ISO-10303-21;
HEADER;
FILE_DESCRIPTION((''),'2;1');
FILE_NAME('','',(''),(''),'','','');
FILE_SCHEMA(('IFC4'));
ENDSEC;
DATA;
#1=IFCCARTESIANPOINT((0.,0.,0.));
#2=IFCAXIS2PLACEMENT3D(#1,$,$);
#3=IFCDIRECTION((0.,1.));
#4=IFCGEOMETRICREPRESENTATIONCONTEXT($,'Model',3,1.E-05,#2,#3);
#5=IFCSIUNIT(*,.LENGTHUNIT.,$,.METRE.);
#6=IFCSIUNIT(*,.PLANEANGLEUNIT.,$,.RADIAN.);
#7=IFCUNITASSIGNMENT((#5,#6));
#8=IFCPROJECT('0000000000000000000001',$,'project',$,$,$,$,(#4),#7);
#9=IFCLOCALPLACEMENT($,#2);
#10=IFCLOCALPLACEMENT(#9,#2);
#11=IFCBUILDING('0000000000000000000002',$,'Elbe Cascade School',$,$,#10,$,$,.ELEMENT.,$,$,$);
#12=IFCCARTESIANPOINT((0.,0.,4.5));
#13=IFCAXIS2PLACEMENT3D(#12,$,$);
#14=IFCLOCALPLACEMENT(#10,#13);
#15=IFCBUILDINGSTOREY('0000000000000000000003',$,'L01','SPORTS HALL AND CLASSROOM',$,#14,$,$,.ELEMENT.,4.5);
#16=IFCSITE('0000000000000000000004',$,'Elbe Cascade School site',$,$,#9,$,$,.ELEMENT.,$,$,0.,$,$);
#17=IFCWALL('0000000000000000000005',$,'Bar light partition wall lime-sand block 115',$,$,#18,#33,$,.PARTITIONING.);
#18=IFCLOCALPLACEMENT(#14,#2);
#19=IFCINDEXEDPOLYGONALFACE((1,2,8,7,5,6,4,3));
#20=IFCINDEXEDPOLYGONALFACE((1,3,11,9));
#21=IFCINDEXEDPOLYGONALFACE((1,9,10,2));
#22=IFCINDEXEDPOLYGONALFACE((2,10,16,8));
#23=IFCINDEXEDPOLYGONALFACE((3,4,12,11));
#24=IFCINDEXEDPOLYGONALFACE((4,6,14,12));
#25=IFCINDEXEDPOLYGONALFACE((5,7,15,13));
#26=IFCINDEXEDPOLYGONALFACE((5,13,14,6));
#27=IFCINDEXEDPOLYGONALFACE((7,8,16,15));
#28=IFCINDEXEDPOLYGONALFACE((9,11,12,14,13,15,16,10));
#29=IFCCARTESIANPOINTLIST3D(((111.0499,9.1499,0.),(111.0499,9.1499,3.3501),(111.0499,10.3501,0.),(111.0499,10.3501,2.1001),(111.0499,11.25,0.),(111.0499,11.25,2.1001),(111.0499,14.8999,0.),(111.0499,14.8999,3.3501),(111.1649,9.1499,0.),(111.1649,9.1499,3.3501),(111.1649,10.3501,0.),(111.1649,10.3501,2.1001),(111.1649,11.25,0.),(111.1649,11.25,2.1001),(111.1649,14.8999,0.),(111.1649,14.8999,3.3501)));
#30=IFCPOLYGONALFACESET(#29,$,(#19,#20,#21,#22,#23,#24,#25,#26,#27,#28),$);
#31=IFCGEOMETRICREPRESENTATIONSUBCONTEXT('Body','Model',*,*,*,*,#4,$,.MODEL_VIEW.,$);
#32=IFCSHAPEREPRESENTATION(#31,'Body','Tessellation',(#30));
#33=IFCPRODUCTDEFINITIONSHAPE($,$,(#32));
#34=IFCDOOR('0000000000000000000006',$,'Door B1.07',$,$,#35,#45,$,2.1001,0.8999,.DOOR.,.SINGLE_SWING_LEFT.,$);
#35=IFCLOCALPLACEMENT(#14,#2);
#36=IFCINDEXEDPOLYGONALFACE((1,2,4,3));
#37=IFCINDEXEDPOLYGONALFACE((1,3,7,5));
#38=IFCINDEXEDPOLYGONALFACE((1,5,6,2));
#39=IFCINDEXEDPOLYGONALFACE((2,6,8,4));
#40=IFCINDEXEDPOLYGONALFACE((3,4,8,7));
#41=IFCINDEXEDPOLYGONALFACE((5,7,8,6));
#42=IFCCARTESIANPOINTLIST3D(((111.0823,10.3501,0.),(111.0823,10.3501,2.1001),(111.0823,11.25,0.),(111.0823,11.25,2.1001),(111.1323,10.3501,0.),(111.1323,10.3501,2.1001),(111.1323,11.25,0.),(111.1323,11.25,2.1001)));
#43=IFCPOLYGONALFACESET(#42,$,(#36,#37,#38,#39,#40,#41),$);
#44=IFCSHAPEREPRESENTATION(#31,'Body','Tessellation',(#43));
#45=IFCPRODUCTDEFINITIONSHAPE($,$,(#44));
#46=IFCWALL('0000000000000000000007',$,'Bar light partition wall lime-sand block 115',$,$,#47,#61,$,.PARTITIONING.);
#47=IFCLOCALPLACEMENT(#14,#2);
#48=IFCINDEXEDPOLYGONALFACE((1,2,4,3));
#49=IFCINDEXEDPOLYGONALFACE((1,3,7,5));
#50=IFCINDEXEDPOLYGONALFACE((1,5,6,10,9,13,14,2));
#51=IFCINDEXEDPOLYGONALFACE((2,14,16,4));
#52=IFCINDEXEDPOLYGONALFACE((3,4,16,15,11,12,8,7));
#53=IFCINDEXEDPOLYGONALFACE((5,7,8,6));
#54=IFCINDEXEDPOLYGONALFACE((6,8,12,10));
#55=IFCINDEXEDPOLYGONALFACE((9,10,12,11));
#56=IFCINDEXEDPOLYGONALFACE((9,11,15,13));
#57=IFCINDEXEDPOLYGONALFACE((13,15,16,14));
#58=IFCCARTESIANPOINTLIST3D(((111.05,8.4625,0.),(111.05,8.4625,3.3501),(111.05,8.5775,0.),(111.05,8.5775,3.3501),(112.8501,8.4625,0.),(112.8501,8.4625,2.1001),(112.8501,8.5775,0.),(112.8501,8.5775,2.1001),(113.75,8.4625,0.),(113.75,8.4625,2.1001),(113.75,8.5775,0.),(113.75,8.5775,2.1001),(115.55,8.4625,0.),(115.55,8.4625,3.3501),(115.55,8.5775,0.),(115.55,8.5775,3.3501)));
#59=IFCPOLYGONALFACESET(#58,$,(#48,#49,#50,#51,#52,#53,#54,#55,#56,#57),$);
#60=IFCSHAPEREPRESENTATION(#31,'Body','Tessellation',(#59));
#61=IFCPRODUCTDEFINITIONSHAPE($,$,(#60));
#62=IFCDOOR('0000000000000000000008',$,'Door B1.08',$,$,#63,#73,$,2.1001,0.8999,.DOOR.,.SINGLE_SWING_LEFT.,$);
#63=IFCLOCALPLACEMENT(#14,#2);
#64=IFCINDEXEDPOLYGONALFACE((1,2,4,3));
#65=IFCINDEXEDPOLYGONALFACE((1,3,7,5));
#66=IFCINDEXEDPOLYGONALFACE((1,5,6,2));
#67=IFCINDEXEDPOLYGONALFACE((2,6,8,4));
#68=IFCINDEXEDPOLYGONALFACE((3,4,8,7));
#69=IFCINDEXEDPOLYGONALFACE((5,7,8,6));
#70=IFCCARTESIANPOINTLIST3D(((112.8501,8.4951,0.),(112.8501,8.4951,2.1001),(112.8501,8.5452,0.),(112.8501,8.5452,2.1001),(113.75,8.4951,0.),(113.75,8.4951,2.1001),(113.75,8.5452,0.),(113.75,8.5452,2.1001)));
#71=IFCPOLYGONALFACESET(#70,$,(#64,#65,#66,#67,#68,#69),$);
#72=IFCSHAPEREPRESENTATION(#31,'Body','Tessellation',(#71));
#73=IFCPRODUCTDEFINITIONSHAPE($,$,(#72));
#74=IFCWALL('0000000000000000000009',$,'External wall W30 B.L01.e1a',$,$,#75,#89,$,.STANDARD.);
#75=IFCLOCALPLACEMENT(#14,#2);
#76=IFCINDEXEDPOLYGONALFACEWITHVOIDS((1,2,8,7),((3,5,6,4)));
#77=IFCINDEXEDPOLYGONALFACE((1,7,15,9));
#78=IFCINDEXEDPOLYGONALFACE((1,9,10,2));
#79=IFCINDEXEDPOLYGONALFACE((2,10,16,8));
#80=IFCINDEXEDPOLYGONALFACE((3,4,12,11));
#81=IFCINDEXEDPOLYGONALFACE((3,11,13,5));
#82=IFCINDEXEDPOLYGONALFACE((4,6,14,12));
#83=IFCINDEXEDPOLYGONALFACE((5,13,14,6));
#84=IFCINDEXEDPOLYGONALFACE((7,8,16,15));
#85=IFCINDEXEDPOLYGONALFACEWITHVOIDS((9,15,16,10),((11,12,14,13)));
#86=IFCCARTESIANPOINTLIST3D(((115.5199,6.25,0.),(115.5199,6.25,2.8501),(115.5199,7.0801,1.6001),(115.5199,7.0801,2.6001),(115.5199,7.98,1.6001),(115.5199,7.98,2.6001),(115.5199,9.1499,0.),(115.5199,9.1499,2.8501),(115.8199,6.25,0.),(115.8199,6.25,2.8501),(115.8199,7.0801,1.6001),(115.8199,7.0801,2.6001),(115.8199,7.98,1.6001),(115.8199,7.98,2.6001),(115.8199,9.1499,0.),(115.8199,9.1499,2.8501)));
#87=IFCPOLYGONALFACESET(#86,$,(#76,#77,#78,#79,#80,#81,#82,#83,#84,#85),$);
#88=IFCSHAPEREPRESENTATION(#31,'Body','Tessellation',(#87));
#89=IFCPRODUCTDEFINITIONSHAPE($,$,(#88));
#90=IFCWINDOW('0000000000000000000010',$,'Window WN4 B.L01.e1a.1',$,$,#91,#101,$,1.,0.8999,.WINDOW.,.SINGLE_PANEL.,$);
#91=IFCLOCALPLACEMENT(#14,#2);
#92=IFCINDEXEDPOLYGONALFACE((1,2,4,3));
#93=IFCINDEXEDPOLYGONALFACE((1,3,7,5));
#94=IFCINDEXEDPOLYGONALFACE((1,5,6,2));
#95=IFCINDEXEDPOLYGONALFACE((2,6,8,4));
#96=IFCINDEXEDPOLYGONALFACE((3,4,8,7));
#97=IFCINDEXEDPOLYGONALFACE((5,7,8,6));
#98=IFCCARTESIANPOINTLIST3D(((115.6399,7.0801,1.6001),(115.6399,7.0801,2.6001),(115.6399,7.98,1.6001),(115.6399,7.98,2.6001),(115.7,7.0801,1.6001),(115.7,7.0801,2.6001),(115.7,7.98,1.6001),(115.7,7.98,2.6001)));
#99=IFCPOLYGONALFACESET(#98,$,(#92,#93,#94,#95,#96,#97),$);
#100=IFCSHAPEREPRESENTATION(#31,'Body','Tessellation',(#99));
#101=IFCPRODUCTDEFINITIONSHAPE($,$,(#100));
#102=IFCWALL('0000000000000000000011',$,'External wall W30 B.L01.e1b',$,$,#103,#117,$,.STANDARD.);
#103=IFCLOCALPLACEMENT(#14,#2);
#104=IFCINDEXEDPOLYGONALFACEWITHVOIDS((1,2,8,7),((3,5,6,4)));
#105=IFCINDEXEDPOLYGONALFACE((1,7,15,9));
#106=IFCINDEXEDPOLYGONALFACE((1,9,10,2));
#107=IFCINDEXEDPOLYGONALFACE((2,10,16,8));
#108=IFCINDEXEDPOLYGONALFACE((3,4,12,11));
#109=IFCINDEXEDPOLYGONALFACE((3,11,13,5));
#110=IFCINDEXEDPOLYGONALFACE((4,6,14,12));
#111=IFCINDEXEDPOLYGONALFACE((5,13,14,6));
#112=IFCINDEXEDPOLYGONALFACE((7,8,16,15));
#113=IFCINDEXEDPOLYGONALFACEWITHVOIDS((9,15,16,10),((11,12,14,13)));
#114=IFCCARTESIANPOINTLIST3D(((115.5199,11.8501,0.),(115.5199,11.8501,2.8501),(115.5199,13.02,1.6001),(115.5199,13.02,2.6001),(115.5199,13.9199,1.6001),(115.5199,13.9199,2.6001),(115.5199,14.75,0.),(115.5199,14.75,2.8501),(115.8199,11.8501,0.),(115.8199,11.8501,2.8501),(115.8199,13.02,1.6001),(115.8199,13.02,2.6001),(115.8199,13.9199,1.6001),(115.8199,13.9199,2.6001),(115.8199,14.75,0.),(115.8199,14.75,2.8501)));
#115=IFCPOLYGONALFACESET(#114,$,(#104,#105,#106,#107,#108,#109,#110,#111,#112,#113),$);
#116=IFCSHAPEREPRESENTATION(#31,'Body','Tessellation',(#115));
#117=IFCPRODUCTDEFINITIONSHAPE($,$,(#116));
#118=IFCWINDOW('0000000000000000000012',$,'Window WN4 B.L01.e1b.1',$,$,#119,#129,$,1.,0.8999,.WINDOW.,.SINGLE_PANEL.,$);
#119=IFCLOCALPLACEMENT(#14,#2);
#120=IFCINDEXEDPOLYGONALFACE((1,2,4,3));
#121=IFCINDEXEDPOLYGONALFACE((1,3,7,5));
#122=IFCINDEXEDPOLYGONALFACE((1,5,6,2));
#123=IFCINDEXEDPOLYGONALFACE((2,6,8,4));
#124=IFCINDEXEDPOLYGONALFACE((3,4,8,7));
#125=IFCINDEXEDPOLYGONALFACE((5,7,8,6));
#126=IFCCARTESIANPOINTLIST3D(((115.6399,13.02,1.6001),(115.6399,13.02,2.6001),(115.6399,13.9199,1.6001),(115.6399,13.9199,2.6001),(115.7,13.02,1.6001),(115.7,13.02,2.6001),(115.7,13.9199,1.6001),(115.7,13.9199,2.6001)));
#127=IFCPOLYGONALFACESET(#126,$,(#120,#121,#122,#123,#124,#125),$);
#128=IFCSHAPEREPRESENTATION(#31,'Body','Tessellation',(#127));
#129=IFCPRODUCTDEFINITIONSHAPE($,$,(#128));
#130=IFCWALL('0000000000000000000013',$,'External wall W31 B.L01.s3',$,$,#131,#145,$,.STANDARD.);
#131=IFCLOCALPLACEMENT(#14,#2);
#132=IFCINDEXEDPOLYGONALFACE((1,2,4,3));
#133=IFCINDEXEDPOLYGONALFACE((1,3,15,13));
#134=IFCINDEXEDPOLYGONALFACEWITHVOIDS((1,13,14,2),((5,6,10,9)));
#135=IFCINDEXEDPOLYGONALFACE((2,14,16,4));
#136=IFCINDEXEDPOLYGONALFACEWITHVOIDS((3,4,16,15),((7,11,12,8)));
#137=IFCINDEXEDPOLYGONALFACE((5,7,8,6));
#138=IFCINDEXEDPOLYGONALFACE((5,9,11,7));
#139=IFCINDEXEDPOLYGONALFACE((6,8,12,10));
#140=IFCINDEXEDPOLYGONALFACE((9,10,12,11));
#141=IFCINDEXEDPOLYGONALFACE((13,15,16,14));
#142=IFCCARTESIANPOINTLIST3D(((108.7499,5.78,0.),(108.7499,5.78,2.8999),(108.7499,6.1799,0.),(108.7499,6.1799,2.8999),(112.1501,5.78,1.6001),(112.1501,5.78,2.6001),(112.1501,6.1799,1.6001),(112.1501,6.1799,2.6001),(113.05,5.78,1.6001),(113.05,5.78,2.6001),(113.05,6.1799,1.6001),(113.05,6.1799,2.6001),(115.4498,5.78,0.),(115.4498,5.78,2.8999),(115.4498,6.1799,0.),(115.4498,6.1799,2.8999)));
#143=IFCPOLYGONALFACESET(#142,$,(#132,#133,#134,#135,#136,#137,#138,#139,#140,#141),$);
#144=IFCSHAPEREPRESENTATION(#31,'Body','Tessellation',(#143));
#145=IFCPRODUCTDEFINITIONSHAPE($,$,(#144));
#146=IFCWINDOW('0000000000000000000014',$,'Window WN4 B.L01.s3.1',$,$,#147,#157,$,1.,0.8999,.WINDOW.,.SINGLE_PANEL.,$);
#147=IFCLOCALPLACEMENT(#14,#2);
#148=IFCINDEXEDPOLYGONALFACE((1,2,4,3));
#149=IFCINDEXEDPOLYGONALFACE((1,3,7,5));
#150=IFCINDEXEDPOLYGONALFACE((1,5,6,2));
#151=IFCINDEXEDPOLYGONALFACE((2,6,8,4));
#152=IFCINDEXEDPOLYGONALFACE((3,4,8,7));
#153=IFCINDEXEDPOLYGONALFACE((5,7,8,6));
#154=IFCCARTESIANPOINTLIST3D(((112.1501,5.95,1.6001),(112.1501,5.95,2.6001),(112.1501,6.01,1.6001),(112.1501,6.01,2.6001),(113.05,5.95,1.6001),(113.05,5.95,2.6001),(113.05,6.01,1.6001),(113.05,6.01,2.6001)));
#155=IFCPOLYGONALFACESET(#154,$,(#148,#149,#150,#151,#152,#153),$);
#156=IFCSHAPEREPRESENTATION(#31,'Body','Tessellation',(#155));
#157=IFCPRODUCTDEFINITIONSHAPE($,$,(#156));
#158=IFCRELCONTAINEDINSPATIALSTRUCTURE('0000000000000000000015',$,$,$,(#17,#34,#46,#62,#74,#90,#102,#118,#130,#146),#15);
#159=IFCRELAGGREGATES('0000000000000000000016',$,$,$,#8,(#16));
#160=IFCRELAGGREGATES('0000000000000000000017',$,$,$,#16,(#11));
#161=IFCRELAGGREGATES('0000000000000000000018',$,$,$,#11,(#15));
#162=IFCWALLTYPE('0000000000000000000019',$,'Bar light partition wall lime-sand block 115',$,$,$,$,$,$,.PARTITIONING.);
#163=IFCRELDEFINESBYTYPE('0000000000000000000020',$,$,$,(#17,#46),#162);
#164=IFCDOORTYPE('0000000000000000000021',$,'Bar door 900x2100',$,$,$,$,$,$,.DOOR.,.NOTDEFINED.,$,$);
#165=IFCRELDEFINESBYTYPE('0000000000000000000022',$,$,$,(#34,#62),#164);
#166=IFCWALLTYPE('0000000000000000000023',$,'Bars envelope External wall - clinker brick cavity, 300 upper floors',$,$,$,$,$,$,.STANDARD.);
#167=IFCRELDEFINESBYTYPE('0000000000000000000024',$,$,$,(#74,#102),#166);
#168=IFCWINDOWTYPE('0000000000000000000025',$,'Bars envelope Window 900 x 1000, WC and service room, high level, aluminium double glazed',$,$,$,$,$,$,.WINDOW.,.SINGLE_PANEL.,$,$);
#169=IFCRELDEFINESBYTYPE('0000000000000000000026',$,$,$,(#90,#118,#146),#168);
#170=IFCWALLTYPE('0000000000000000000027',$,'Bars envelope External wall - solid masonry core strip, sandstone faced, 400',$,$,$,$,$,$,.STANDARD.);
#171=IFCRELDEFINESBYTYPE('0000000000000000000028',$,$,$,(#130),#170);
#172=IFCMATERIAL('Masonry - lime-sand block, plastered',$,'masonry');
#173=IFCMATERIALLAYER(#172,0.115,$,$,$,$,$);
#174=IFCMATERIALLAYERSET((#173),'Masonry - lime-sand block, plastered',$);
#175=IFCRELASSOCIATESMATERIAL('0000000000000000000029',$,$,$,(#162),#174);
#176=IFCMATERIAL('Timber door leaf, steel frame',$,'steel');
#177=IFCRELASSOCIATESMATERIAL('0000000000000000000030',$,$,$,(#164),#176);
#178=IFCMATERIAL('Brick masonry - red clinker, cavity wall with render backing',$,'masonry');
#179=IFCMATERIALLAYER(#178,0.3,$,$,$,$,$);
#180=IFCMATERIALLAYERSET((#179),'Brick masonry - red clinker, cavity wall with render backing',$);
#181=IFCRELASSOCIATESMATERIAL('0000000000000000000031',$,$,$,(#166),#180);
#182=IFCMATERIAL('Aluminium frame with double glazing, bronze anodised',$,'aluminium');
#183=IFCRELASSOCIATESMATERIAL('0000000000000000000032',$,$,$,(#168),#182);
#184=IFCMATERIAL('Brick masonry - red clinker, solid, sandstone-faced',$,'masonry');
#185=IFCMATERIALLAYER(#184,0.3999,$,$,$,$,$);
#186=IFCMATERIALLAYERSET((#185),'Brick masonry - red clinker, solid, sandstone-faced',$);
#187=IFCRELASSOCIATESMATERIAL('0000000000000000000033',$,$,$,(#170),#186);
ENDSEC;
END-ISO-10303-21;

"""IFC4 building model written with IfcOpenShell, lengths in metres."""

from ifc_helpers import new_model, si_unit, direction, frame, frame_2d, origin, place, context, subcontext, project, spatial, rectangle, extrude, material, layer, layer_set, type_object, element, fill, save


model = new_model("IFC4")

# Units and contexts
model_context = context("Model", 3, precision=1e-05, world=origin(), true_north=direction((0.0, 1.0)))
body_context = subcontext(model_context, "Body", "Model", "MODEL_VIEW")
ifc_project = project(units=[si_unit("LENGTHUNIT", "METRE"), si_unit("PLANEANGLEUNIT", "RADIAN")], contexts=[model_context])

# Site, building, storey
site_placement = place(None, origin())
site = spatial("IfcSite", under=ifc_project, at=site_placement, Name="Elbe Cascade School site", CompositionType="ELEMENT", RefElevation=0.0)
building_placement = place(site_placement, origin())
building = spatial("IfcBuilding", under=site, at=building_placement, Name="Elbe Cascade School", CompositionType="ELEMENT")
storey_placement = place(building_placement, frame((0.0, 0.0, 4.5)))
storey = spatial("IfcBuildingStorey", under=building, at=storey_placement, Name="L01", Description="SPORTS HALL AND CLASSROOM", CompositionType="ELEMENT", Elevation=4.5)

# Walls, openings, doors
ifc_material_1 = material(Name="Masonry - lime-sand block, plastered", Category="masonry")
ifc_layer_1 = layer(ifc_material_1, 0.115)
ifc_layer_set_1 = layer_set([ifc_layer_1], Name="Masonry - lime-sand block, plastered")
wall_type_1 = type_object("IfcWallType", Name="Bar light partition wall lime-sand block 115", PredefinedType="PARTITIONING", material=ifc_layer_set_1)
wall_1_placement = place(storey_placement, frame((111.1074, 14.8999, 0.0), z_axis=(0.0, 0.0, 1.0), x_axis=(0.0, -1.0, 0.0)))
wall_1 = element("IfcWall", 1, at=wall_1_placement, inside=storey, type_object=wall_type_1, Name="Bar light partition wall lime-sand block 115", PredefinedType="PARTITIONING", context=body_context, shape_type="SweptSolid", body=[
    extrude(rectangle(XDim=5.75, YDim=0.115, at=frame_2d((2.875, 0.0))), origin(), (0.0, 0.0, 1.0), 3.3501),
])
opening_1_placement = place(wall_1_placement, frame((3.6499, 0.0, 0.0)))
opening_1 = element("IfcOpeningElement", 2, at=opening_1_placement, cuts=wall_1, PredefinedType="OPENING", context=body_context, shape_type="SweptSolid", body=[
    extrude(rectangle(XDim=0.8999, YDim=2.1001, at=frame_2d((0.45, 1.05))), frame((0.0, 0.0674, 0.0), z_axis=(0.0, -1.0, 0.0), x_axis=(1.0, 0.0, 0.0)), (0.0, 0.0, 1.0), 0.135),
])
ifc_material_2 = material(Name="Timber door leaf, steel frame", Category="steel")
door_type = type_object("IfcDoorType", Name="Bar door 900x2100", OperationType="NOTDEFINED", PredefinedType="DOOR", material=ifc_material_2)
door_1_placement = place(opening_1_placement, origin())
door_1 = element("IfcDoor", 3, at=door_1_placement, inside=storey, type_object=door_type, Name="Door B1.07", OperationType="SINGLE_SWING_LEFT", OverallHeight=2.1001, OverallWidth=0.8999, PredefinedType="DOOR", context=body_context, shape_type="SweptSolid", body=[
    extrude(rectangle(XDim=0.8999, YDim=2.1001, at=frame_2d((0.45, 1.05))), frame((0.0, 0.0249, 0.0), z_axis=(0.0, -1.0, 0.0), x_axis=(1.0, 0.0, 0.0)), (0.0, 0.0, 1.0), 0.05),
])
fill(opening_1, door_1)
wall_2_placement = place(storey_placement, frame((115.55, 8.52, 0.0), z_axis=(0.0, 0.0, 1.0), x_axis=(-1.0, 0.0, 0.0)))
wall_2 = element("IfcWall", 4, at=wall_2_placement, inside=storey, type_object=wall_type_1, Name="Bar light partition wall lime-sand block 115", PredefinedType="PARTITIONING", context=body_context, shape_type="SweptSolid", body=[
    extrude(rectangle(XDim=4.5, YDim=0.115, at=frame_2d((2.25, 0.0))), origin(), (0.0, 0.0, 1.0), 3.3501),
])
opening_2_placement = place(wall_2_placement, frame((1.8, 0.0, 0.0)))
opening_2 = element("IfcOpeningElement", 5, at=opening_2_placement, cuts=wall_2, PredefinedType="OPENING", context=body_context, shape_type="SweptSolid", body=[
    extrude(rectangle(XDim=0.8999, YDim=2.1001, at=frame_2d((0.45, 1.05))), frame((0.0, 0.0674, 0.0), z_axis=(0.0, -1.0, 0.0), x_axis=(1.0, 0.0, 0.0)), (0.0, 0.0, 1.0), 0.135),
])
door_2_placement = place(opening_2_placement, origin())
door_2 = element("IfcDoor", 6, at=door_2_placement, inside=storey, type_object=door_type, Name="Door B1.08", OperationType="SINGLE_SWING_LEFT", OverallHeight=2.1001, OverallWidth=0.8999, PredefinedType="DOOR", context=body_context, shape_type="SweptSolid", body=[
    extrude(rectangle(XDim=0.8999, YDim=2.1001, at=frame_2d((0.45, 1.05))), frame((0.0, 0.0249, 0.0), z_axis=(0.0, -1.0, 0.0), x_axis=(1.0, 0.0, 0.0)), (0.0, 0.0, 1.0), 0.05),
])
fill(opening_2, door_2)

# Walls, openings, windows
ifc_material_3 = material(Name="Brick masonry - red clinker, cavity wall with render backing", Category="masonry")
ifc_layer_2 = layer(ifc_material_3, 0.3)
ifc_layer_set_2 = layer_set([ifc_layer_2], Name="Brick masonry - red clinker, cavity wall with render backing")
wall_type_2 = type_object("IfcWallType", Name="Bars envelope External wall - clinker brick cavity, 300 upper floors", PredefinedType="STANDARD", material=ifc_layer_set_2)
wall_3_placement = place(storey_placement, frame((115.6699, 9.1499, 0.0), z_axis=(0.0, 0.0, 1.0), x_axis=(0.0, -1.0, 0.0)))
wall_3 = element("IfcWall", 7, at=wall_3_placement, inside=storey, type_object=wall_type_2, Name="External wall W30 B.L01.e1a", PredefinedType="STANDARD", context=body_context, shape_type="SweptSolid", body=[
    extrude(rectangle(XDim=2.8999, YDim=0.3, at=frame_2d((1.45, 0.0))), origin(), (0.0, 0.0, 1.0), 2.8501),
])
opening_3_placement = place(wall_3_placement, frame((1.1699, 0.0, 1.6001)))
opening_3 = element("IfcOpeningElement", 8, at=opening_3_placement, cuts=wall_3, PredefinedType="OPENING", context=body_context, shape_type="SweptSolid", body=[
    extrude(rectangle(XDim=0.8999, YDim=1.0, at=frame_2d((0.45, 0.5))), frame((0.0, 0.1599, 0.0), z_axis=(0.0, -1.0, 0.0), x_axis=(1.0, 0.0, 0.0)), (0.0, 0.0, 1.0), 0.3201),
])
ifc_material_4 = material(Name="Aluminium frame with double glazing, bronze anodised", Category="aluminium")
window_type = type_object("IfcWindowType", Name="Bars envelope Window 900 x 1000, WC and service room, high level, aluminium double glazed", PartitioningType="SINGLE_PANEL", PredefinedType="WINDOW", material=ifc_material_4)
window_1_placement = place(opening_3_placement, origin())
window_1 = element("IfcWindow", 9, at=window_1_placement, inside=storey, type_object=window_type, Name="Window WN4 B.L01.e1a.1", OverallHeight=1.0, OverallWidth=0.8999, PartitioningType="SINGLE_PANEL", PredefinedType="WINDOW", context=body_context, shape_type="SweptSolid", body=[
    extrude(rectangle(XDim=0.8999, YDim=1.0, at=frame_2d((0.45, 0.5))), frame((0.0, 0.03, 0.0), z_axis=(0.0, -1.0, 0.0), x_axis=(1.0, 0.0, 0.0)), (0.0, 0.0, 1.0), 0.0601),
])
fill(opening_3, window_1)
wall_4_placement = place(storey_placement, frame((115.6699, 14.75, 0.0), z_axis=(0.0, 0.0, 1.0), x_axis=(0.0, -1.0, 0.0)))
wall_4 = element("IfcWall", 10, at=wall_4_placement, inside=storey, type_object=wall_type_2, Name="External wall W30 B.L01.e1b", PredefinedType="STANDARD", context=body_context, shape_type="SweptSolid", body=[
    extrude(rectangle(XDim=2.8999, YDim=0.3, at=frame_2d((1.45, 0.0))), origin(), (0.0, 0.0, 1.0), 2.8501),
])
opening_4_placement = place(wall_4_placement, frame((0.8301, 0.0, 1.6001)))
opening_4 = element("IfcOpeningElement", 11, at=opening_4_placement, cuts=wall_4, PredefinedType="OPENING", context=body_context, shape_type="SweptSolid", body=[
    extrude(rectangle(XDim=0.8999, YDim=1.0, at=frame_2d((0.45, 0.5))), frame((0.0, 0.1599, 0.0), z_axis=(0.0, -1.0, 0.0), x_axis=(1.0, 0.0, 0.0)), (0.0, 0.0, 1.0), 0.3201),
])
window_2_placement = place(opening_4_placement, origin())
window_2 = element("IfcWindow", 12, at=window_2_placement, inside=storey, type_object=window_type, Name="Window WN4 B.L01.e1b.1", OverallHeight=1.0, OverallWidth=0.8999, PartitioningType="SINGLE_PANEL", PredefinedType="WINDOW", context=body_context, shape_type="SweptSolid", body=[
    extrude(rectangle(XDim=0.8999, YDim=1.0, at=frame_2d((0.45, 0.5))), frame((0.0, 0.03, 0.0), z_axis=(0.0, -1.0, 0.0), x_axis=(1.0, 0.0, 0.0)), (0.0, 0.0, 1.0), 0.0601),
])
fill(opening_4, window_2)
ifc_material_5 = material(Name="Brick masonry - red clinker, solid, sandstone-faced", Category="masonry")
ifc_layer_3 = layer(ifc_material_5, 0.3999)
ifc_layer_set_3 = layer_set([ifc_layer_3], Name="Brick masonry - red clinker, solid, sandstone-faced")
wall_type_3 = type_object("IfcWallType", Name="Bars envelope External wall - solid masonry core strip, sandstone faced, 400", PredefinedType="STANDARD", material=ifc_layer_set_3)
wall_5_placement = place(storey_placement, frame((115.45, 5.98, 0.0), z_axis=(0.0, 0.0, 1.0), x_axis=(-1.0, 0.0, 0.0)))
wall_5 = element("IfcWall", 13, at=wall_5_placement, inside=storey, type_object=wall_type_3, Name="External wall W31 B.L01.s3", PredefinedType="STANDARD", context=body_context, shape_type="SweptSolid", body=[
    extrude(rectangle(XDim=6.7, YDim=0.3999, at=frame_2d((3.3501, 0.0))), origin(), (0.0, 0.0, 1.0), 2.8999),
])
opening_5_placement = place(wall_5_placement, frame((2.3999, 0.0, 1.6001)))
opening_5 = element("IfcOpeningElement", 14, at=opening_5_placement, cuts=wall_5, PredefinedType="OPENING", context=body_context, shape_type="SweptSolid", body=[
    extrude(rectangle(XDim=0.8999, YDim=1.0, at=frame_2d((0.45, 0.5))), frame((0.0, 0.21, 0.0), z_axis=(0.0, -1.0, 0.0), x_axis=(1.0, 0.0, 0.0)), (0.0, 0.0, 1.0), 0.4199),
])
window_3_placement = place(opening_5_placement, origin())
window_3 = element("IfcWindow", 15, at=window_3_placement, inside=storey, type_object=window_type, Name="Window WN4 B.L01.s3.1", OverallHeight=1.0, OverallWidth=0.8999, PartitioningType="SINGLE_PANEL", PredefinedType="WINDOW", context=body_context, shape_type="SweptSolid", body=[
    extrude(rectangle(XDim=0.8999, YDim=1.0, at=frame_2d((0.45, 0.5))), frame((0.0, 0.03, 0.0), z_axis=(0.0, -1.0, 0.0), x_axis=(1.0, 0.0, 0.0)), (0.0, 0.0, 1.0), 0.0601),
])
fill(opening_5, window_3)

save(model, "model.ifc")
